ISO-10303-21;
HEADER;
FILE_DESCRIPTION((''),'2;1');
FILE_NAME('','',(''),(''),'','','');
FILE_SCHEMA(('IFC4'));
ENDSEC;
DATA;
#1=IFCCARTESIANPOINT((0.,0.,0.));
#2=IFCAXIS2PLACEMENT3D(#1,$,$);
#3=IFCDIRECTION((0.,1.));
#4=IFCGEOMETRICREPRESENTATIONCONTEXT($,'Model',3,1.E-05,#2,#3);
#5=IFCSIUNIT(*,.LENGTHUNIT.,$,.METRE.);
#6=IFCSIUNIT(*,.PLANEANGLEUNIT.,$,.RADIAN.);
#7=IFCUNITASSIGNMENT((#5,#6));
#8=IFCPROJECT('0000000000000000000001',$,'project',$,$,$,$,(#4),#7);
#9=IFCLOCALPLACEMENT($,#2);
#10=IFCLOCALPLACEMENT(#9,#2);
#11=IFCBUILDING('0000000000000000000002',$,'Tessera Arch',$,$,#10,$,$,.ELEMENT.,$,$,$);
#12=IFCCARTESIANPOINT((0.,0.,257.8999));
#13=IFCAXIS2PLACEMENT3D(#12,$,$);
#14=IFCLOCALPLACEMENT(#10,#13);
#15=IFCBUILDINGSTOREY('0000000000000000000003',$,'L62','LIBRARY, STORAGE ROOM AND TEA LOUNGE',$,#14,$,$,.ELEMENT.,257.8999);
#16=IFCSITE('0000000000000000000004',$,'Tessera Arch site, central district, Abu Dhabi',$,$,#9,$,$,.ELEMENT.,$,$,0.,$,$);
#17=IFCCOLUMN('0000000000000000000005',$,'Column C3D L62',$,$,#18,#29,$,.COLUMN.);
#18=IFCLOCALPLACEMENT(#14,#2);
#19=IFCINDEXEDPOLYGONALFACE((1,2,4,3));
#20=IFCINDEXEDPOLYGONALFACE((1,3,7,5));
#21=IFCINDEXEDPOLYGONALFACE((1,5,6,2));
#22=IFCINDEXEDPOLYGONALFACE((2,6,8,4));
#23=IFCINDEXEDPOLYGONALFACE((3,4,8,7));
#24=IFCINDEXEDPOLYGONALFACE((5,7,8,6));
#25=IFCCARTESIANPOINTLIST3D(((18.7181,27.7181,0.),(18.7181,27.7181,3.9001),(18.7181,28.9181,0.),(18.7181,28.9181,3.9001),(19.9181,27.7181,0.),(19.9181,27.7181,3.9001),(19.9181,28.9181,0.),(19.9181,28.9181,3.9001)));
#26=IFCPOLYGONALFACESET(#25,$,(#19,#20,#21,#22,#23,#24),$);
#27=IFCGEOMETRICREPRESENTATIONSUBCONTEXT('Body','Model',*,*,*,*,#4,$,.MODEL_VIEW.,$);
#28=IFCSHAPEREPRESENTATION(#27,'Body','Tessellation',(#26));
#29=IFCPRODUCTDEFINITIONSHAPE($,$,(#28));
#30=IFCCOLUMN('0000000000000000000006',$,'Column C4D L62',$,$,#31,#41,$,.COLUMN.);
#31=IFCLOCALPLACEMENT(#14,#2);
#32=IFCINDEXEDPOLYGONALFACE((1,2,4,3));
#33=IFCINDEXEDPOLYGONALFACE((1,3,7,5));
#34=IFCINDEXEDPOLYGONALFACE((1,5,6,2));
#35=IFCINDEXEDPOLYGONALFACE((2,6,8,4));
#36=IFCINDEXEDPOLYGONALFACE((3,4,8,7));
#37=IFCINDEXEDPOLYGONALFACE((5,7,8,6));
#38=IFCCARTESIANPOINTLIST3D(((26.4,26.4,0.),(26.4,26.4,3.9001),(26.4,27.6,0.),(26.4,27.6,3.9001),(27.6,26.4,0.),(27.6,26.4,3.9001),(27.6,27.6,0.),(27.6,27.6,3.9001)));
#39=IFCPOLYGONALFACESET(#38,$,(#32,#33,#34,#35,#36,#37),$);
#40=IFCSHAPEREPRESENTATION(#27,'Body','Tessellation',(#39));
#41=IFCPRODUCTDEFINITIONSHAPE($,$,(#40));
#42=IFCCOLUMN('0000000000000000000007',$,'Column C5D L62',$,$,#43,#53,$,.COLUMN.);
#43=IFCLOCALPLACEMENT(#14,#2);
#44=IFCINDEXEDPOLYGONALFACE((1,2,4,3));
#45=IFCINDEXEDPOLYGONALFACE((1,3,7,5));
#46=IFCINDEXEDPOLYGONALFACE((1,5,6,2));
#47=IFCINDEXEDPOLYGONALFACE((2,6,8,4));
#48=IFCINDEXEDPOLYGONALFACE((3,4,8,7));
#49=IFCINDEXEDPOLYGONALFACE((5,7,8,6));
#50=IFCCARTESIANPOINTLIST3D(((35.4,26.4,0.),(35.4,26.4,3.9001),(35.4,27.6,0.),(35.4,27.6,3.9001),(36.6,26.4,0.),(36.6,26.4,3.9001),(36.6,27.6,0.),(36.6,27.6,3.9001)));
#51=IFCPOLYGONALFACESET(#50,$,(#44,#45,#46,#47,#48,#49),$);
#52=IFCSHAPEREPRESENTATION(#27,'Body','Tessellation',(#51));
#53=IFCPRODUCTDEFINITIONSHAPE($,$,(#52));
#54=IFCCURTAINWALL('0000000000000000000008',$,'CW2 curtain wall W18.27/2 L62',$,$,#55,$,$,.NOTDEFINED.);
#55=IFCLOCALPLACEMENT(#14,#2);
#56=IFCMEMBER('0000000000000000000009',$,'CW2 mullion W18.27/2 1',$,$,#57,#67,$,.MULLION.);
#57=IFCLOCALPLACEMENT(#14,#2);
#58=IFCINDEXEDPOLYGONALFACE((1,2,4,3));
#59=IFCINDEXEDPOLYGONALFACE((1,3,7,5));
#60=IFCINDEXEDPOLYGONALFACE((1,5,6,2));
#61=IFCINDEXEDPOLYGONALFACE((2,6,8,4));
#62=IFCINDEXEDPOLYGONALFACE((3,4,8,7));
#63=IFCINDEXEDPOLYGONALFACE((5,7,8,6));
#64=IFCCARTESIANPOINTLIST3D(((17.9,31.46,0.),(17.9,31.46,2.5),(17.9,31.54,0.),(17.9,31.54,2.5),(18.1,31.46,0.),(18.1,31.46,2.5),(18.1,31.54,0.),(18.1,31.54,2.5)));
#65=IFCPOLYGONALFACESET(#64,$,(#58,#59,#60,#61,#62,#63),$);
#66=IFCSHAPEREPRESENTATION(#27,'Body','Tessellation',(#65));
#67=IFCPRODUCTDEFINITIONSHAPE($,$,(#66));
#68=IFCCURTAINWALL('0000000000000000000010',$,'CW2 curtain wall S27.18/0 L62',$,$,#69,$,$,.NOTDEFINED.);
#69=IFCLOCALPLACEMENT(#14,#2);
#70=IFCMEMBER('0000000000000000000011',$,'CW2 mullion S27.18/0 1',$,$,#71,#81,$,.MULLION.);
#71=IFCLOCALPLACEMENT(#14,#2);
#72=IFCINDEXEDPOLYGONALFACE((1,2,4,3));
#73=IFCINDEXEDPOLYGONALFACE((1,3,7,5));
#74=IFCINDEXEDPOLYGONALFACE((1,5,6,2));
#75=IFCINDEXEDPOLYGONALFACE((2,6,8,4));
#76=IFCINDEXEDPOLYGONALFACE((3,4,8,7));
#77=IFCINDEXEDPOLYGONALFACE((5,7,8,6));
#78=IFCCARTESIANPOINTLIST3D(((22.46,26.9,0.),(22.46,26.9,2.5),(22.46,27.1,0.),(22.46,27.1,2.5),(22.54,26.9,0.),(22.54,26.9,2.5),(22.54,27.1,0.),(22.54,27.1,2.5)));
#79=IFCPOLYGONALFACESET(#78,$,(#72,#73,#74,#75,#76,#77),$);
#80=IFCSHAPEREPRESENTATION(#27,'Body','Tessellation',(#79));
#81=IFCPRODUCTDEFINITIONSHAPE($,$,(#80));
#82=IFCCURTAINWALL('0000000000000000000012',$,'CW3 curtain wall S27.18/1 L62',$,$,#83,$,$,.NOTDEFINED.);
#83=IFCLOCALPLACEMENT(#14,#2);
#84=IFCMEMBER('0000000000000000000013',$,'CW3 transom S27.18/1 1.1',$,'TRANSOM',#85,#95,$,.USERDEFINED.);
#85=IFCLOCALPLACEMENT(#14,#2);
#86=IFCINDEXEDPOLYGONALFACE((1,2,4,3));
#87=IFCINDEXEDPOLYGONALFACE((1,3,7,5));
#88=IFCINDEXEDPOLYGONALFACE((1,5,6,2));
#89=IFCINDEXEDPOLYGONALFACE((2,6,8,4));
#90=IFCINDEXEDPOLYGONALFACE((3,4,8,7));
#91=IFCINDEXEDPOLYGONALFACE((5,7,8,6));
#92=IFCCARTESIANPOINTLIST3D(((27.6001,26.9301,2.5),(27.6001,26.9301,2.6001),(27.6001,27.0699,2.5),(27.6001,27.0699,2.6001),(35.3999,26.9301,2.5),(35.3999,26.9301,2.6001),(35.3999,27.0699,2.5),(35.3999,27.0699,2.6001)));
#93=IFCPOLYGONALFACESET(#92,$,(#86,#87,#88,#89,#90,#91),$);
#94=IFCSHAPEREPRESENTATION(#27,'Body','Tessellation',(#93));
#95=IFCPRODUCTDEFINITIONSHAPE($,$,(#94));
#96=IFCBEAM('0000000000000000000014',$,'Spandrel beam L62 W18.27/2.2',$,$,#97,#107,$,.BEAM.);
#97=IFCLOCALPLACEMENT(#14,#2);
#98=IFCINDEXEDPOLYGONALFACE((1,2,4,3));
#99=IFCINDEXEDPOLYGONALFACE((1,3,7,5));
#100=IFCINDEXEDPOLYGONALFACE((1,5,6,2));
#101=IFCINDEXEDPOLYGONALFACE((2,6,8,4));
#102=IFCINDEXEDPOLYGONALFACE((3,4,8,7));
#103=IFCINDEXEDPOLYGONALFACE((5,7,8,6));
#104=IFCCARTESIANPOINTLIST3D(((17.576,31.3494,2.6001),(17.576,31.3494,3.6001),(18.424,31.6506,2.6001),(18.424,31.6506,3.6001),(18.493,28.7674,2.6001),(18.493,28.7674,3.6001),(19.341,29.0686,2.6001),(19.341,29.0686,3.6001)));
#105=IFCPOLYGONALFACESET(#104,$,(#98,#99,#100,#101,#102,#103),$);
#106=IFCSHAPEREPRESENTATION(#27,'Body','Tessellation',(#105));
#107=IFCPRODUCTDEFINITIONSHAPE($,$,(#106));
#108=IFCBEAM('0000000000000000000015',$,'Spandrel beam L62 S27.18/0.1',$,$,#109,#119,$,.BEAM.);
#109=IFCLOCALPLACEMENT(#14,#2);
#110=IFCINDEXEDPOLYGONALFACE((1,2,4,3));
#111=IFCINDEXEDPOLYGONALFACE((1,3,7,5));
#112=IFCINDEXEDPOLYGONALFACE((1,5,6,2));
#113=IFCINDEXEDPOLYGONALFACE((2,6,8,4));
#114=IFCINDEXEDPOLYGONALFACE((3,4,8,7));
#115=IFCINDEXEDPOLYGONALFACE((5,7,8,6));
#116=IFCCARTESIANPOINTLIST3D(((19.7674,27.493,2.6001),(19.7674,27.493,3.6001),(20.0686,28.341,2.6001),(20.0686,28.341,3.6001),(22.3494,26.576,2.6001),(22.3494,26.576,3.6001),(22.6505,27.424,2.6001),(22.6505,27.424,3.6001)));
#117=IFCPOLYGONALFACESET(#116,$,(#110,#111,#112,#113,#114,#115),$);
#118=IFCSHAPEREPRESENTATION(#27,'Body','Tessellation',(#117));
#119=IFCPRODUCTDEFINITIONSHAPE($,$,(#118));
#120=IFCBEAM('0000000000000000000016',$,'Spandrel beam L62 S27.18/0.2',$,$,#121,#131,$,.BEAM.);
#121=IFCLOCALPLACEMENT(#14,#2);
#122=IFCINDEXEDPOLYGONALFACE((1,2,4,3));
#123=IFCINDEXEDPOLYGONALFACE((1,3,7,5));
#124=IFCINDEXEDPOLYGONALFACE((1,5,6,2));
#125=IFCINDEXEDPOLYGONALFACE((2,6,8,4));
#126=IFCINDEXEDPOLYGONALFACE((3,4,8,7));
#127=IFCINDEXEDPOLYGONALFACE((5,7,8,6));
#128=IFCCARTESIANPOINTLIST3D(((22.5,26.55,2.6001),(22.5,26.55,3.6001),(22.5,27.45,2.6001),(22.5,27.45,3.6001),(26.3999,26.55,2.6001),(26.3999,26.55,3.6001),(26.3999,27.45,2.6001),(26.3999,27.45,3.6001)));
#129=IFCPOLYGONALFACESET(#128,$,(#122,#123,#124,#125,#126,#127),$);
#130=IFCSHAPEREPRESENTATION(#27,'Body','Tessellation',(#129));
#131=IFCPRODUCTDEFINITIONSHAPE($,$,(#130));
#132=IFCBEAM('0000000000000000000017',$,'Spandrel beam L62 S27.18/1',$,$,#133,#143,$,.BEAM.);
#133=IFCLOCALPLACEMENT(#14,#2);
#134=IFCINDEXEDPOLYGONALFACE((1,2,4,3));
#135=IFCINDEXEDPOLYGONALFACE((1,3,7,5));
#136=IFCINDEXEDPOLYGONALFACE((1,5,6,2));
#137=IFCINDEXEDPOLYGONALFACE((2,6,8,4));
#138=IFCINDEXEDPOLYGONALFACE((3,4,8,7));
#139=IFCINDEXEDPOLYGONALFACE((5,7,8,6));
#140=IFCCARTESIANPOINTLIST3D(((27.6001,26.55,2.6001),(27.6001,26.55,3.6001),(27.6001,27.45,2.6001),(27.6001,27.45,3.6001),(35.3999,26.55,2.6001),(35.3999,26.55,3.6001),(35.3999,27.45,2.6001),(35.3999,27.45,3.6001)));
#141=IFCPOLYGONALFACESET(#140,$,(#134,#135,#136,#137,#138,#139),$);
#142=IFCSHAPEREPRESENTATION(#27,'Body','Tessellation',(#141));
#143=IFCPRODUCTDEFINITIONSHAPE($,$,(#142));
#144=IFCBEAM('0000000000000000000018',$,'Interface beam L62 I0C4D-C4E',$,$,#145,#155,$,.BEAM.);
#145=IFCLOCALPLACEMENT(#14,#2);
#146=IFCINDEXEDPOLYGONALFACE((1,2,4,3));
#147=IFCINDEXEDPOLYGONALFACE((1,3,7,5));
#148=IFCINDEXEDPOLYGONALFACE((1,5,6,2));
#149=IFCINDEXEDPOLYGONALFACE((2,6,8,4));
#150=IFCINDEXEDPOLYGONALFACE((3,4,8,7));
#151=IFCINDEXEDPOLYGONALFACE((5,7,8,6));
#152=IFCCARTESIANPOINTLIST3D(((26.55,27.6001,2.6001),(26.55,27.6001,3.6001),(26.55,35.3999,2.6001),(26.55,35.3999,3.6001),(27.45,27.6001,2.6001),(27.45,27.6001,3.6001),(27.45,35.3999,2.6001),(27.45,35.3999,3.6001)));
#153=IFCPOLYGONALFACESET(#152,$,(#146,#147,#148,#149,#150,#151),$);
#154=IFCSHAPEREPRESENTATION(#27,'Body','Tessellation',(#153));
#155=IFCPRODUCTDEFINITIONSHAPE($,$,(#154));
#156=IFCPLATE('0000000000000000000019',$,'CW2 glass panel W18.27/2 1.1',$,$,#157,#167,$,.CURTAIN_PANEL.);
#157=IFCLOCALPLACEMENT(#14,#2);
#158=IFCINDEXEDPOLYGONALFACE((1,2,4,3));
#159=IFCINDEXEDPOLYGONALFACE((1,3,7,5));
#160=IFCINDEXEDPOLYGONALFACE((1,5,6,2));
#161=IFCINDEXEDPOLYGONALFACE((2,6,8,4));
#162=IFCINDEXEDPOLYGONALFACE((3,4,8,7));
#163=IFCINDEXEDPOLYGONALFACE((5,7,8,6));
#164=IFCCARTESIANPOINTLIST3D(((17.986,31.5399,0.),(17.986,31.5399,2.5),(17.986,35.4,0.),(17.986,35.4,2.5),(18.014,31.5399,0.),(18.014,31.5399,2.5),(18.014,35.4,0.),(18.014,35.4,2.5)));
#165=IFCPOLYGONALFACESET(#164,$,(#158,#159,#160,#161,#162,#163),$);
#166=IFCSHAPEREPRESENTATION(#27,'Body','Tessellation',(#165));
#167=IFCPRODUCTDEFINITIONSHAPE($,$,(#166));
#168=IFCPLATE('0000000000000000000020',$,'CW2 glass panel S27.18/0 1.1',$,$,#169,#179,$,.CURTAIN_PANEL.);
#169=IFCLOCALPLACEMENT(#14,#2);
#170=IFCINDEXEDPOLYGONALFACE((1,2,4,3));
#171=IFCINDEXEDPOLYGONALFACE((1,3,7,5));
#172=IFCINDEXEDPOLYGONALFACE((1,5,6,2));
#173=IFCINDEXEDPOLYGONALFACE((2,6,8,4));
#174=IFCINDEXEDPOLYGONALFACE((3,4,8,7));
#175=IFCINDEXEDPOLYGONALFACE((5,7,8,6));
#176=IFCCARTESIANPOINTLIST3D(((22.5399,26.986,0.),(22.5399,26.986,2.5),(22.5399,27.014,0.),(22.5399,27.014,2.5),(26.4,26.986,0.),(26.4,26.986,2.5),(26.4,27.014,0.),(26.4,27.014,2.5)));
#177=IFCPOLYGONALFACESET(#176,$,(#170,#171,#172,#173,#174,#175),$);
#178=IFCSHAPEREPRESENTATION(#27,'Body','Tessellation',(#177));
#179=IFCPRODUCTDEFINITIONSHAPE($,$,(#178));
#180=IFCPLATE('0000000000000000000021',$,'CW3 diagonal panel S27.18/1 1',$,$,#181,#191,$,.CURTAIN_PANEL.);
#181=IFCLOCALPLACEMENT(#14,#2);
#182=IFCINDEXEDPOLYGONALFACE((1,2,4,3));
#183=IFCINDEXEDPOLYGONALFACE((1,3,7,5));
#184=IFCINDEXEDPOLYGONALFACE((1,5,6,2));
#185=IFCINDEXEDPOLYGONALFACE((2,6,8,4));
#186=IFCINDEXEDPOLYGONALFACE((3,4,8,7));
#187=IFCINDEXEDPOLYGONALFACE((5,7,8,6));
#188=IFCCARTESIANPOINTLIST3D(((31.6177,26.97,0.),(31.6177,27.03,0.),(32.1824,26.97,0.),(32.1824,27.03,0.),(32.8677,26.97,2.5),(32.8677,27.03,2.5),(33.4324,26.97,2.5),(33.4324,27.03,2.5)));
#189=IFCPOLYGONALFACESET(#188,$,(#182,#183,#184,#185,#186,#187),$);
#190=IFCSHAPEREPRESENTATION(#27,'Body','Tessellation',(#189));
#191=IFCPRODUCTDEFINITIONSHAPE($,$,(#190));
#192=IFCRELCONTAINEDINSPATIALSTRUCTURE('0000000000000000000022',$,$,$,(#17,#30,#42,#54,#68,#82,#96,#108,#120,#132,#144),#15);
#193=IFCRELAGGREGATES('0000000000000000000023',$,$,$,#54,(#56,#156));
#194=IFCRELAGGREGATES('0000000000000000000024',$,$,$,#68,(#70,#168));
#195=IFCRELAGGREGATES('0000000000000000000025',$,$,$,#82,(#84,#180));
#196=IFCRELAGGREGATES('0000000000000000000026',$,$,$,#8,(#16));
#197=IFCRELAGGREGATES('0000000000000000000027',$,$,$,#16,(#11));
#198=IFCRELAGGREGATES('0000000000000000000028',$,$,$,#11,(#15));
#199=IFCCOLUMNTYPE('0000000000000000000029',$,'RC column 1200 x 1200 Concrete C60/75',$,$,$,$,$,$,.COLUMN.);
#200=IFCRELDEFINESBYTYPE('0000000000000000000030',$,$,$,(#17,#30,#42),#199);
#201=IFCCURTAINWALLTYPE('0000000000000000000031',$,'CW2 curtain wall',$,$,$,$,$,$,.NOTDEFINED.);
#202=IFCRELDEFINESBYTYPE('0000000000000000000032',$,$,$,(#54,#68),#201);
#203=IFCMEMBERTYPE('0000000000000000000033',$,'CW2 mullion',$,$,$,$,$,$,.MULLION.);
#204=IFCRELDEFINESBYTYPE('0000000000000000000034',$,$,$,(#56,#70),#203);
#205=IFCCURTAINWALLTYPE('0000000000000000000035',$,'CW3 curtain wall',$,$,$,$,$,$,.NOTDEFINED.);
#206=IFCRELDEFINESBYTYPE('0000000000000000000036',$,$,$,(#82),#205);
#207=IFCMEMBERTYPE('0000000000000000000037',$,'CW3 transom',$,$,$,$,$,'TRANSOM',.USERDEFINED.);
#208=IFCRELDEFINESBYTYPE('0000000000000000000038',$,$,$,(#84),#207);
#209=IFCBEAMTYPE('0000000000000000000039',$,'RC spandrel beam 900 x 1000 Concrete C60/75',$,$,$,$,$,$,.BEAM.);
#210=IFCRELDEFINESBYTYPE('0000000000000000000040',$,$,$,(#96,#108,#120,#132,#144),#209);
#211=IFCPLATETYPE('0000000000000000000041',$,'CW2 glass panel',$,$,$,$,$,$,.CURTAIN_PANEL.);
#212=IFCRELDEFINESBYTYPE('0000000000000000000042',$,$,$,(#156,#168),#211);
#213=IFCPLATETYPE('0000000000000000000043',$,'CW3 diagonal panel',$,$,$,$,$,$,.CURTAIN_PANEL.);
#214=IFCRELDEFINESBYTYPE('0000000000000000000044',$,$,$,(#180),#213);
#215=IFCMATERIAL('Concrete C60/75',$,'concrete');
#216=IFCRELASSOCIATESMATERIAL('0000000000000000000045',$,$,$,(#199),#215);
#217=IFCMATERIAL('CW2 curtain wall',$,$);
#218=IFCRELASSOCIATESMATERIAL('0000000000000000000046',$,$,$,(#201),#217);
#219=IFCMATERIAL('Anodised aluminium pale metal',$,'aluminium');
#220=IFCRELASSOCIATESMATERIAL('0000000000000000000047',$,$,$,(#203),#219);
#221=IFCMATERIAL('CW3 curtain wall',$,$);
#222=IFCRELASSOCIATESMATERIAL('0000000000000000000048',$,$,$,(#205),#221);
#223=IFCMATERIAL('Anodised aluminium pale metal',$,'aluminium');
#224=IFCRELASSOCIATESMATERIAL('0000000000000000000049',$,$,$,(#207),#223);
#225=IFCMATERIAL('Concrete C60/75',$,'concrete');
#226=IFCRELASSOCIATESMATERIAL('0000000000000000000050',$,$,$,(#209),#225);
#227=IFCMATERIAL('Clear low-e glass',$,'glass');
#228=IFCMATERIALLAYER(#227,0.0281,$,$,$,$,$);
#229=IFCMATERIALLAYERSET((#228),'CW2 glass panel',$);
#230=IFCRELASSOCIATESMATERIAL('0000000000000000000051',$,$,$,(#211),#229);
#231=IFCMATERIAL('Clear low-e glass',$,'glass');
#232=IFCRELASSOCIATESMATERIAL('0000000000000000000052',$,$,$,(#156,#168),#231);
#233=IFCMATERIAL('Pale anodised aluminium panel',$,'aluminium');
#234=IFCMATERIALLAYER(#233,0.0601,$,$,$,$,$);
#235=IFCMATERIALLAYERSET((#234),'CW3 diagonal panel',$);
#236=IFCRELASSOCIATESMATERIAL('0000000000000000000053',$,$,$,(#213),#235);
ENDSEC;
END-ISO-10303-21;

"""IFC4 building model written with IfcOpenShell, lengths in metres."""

from ifc_helpers import new_model, si_unit, direction, frame, origin, origin_2d, place, context, subcontext, project, spatial, polyline, rectangle, outline, extrude, material, layer, layer_set, material_profile, profile_set, type_object, element, aggregate, save


model = new_model("IFC4")

# Units and contexts
model_context = context("Model", 3, precision=1e-05, world=origin(), true_north=direction((0.0, 1.0)))
body_context = subcontext(model_context, "Body", "Model", "MODEL_VIEW")
ifc_project = project(units=[si_unit("LENGTHUNIT", "METRE"), si_unit("PLANEANGLEUNIT", "RADIAN")], contexts=[model_context])

# Site, building, storey
site_placement = place(None, origin())
site = spatial("IfcSite", under=ifc_project, at=site_placement, Name="Tessera Arch site, central district, Abu Dhabi", CompositionType="ELEMENT", RefElevation=0.0)
building_placement = place(site_placement, origin())
building = spatial("IfcBuilding", under=site, at=building_placement, Name="Tessera Arch", CompositionType="ELEMENT")
storey_placement = place(building_placement, frame((0.0, 0.0, 257.8999)))
storey = spatial("IfcBuildingStorey", under=building, at=storey_placement, Name="L62", Description="LIBRARY, STORAGE ROOM AND TEA LOUNGE", CompositionType="ELEMENT", Elevation=257.8999)

# Columns
ifc_material_1 = material(Name="Concrete C60/75", Category="concrete")
ifc_material_profile_1 = material_profile(ifc_material_1, rectangle(XDim=1.2, YDim=1.2, at=origin_2d()), Name="RC column 1200 x 1200 Concrete C60/75")
ifc_profile_set_1 = profile_set([ifc_material_profile_1], Name="Concrete C60/75")
column_type = type_object("IfcColumnType", Name="RC column 1200 x 1200 Concrete C60/75", PredefinedType="COLUMN", material=ifc_profile_set_1)
for number, where, z_axis, x_axis, name in (
    (1, (19.3181, 28.3181, 0.0), (0.0, 0.0, 1.0), (1.0, 0.0, 0.0), "Column C3D L62"),
    (2, (27.0, 27.0, 0.0), (0.0, 0.0, 1.0), (1.0, 0.0, 0.0), "Column C4D L62"),
    (3, (36.0, 27.0, 0.0), (0.0, 0.0, 1.0), (1.0, 0.0, 0.0), "Column C5D L62"),
):
    element("IfcColumn", number, at=place(storey_placement, frame(where, z_axis=z_axis, x_axis=x_axis)), inside=storey, type_object=column_type, Name=name, PredefinedType="COLUMN", context=body_context, shape_type="SweptSolid", body=[
        extrude(rectangle(XDim=1.2, YDim=1.2, at=origin_2d()), origin(), (0.0, 0.0, 1.0), 3.9001),
    ])

# Curtain walls, members
ifc_material_2 = material(Name="CW2 curtain wall")
curtain_wall_type_1 = type_object("IfcCurtainWallType", Name="CW2 curtain wall", PredefinedType="NOTDEFINED", material=ifc_material_2)
curtain_wall_1_placement = place(storey_placement, origin())
curtain_wall_1 = element("IfcCurtainWall", 4, at=curtain_wall_1_placement, inside=storey, type_object=curtain_wall_type_1, Name="CW2 curtain wall W18.27/2 L62", PredefinedType="NOTDEFINED")
ifc_material_3 = material(Name="Anodised aluminium pale metal", Category="aluminium")
ifc_material_profile_2 = material_profile(ifc_material_3, rectangle(XDim=0.2, YDim=0.0801, at=origin_2d()), Name="AL 80x200")
ifc_profile_set_2 = profile_set([ifc_material_profile_2], Name="Anodised aluminium pale metal")
member_type_1 = type_object("IfcMemberType", Name="CW2 mullion", PredefinedType="MULLION", material=ifc_profile_set_2)
member_1_placement = place(storey_placement, frame((18.0, 31.5, 0.0), z_axis=(0.0, 0.0, 1.0), x_axis=(1.0, 0.0, 0.0)))
member_1 = element("IfcMember", 5, at=member_1_placement, type_object=member_type_1, Name="CW2 mullion W18.27/2 1", PredefinedType="MULLION", context=body_context, shape_type="SweptSolid", body=[
    extrude(rectangle(XDim=0.2, YDim=0.0801, at=origin_2d()), origin(), (0.0, 0.0, 1.0), 2.5),
])
curtain_wall_2_placement = place(storey_placement, origin())
curtain_wall_2 = element("IfcCurtainWall", 6, at=curtain_wall_2_placement, inside=storey, type_object=curtain_wall_type_1, Name="CW2 curtain wall S27.18/0 L62", PredefinedType="NOTDEFINED")
member_2_placement = place(storey_placement, frame((22.5, 27.0, 0.0), z_axis=(0.0, 0.0, 1.0), x_axis=(0.0, 1.0, 0.0)))
member_2 = element("IfcMember", 7, at=member_2_placement, type_object=member_type_1, Name="CW2 mullion S27.18/0 1", PredefinedType="MULLION", context=body_context, shape_type="SweptSolid", body=[
    extrude(rectangle(XDim=0.2, YDim=0.0801, at=origin_2d()), origin(), (0.0, 0.0, 1.0), 2.5),
])
ifc_material_4 = material(Name="CW3 curtain wall")
curtain_wall_type_2 = type_object("IfcCurtainWallType", Name="CW3 curtain wall", PredefinedType="NOTDEFINED", material=ifc_material_4)
curtain_wall_3_placement = place(storey_placement, origin())
curtain_wall_3 = element("IfcCurtainWall", 8, at=curtain_wall_3_placement, inside=storey, type_object=curtain_wall_type_2, Name="CW3 curtain wall S27.18/1 L62", PredefinedType="NOTDEFINED")
ifc_material_5 = material(Name="Anodised aluminium pale metal", Category="aluminium")
ifc_material_profile_3 = material_profile(ifc_material_5, rectangle(XDim=0.1399, YDim=0.1001, at=origin_2d()), Name="AL 140x100")
ifc_profile_set_3 = profile_set([ifc_material_profile_3], Name="Anodised aluminium pale metal")
member_type_2 = type_object("IfcMemberType", Name="CW3 transom", ElementType="TRANSOM", PredefinedType="USERDEFINED", material=ifc_profile_set_3)
member_3_placement = place(storey_placement, frame((27.6001, 27.0, 2.55), z_axis=(1.0, 0.0, 0.0), x_axis=(0.0, 1.0, 0.0)))
member_3 = element("IfcMember", 9, at=member_3_placement, type_object=member_type_2, Name="CW3 transom S27.18/1 1.1", ObjectType="TRANSOM", PredefinedType="USERDEFINED", context=body_context, shape_type="SweptSolid", body=[
    extrude(rectangle(XDim=0.1399, YDim=0.1001, at=origin_2d()), origin(), (0.0, 0.0, 1.0), 7.7998),
])

# Beams
ifc_material_6 = material(Name="Concrete C60/75", Category="concrete")
ifc_material_profile_4 = material_profile(ifc_material_6, rectangle(XDim=0.8999, YDim=1.0, at=origin_2d()), Name="RC spandrel beam 900 x 1000 Concrete C60/75")
ifc_profile_set_4 = profile_set([ifc_material_profile_4], Name="Concrete C60/75")
beam_type = type_object("IfcBeamType", Name="RC spandrel beam 900 x 1000 Concrete C60/75", PredefinedType="BEAM", material=ifc_profile_set_4)
for number, where, z_axis, x_axis, name in (
    (10, (18.0, 31.5, 3.1001), (0.334665, -0.942337, 0.0), (0.942337, 0.334665, 0.0), "Spandrel beam L62 W18.27/2.2"),
    (11, (19.918, 27.917, 3.1001), (0.942337, -0.334665, 0.0), (0.334665, 0.942337, 0.0), "Spandrel beam L62 S27.18/0.1"),
):
    element("IfcBeam", number, at=place(storey_placement, frame(where, z_axis=z_axis, x_axis=x_axis)), inside=storey, type_object=beam_type, Name=name, PredefinedType="BEAM", context=body_context, shape_type="SweptSolid", body=[
        extrude(rectangle(XDim=0.8999, YDim=1.0, at=origin_2d()), origin(), (0.0, 0.0, 1.0), 2.74),
    ])
beam_placement = place(storey_placement, frame((22.5, 27.0, 3.1001), z_axis=(1.0, 0.0, 0.0), x_axis=(0.0, 1.0, 0.0)))
element("IfcBeam", 12, at=beam_placement, inside=storey, type_object=beam_type, Name="Spandrel beam L62 S27.18/0.2", PredefinedType="BEAM", context=body_context, shape_type="SweptSolid", body=[
    extrude(rectangle(XDim=0.8999, YDim=1.0, at=origin_2d()), origin(), (0.0, 0.0, 1.0), 3.8999),
])
for number, where, z_axis, x_axis, name in (
    (13, (27.6001, 27.0, 3.1001), (1.0, 0.0, 0.0), (0.0, 1.0, 0.0), "Spandrel beam L62 S27.18/1"),
    (14, (27.0, 27.6001, 3.1001), (0.0, 1.0, 0.0), (-1.0, 0.0, 0.0), "Interface beam L62 I0C4D-C4E"),
):
    element("IfcBeam", number, at=place(storey_placement, frame(where, z_axis=z_axis, x_axis=x_axis)), inside=storey, type_object=beam_type, Name=name, PredefinedType="BEAM", context=body_context, shape_type="SweptSolid", body=[
        extrude(rectangle(XDim=0.8999, YDim=1.0, at=origin_2d()), origin(), (0.0, 0.0, 1.0), 7.7998),
    ])

# Plates
ifc_material_7 = material(Name="Clear low-e glass", Category="glass")
ifc_material_8 = material(Name="Clear low-e glass", Category="glass")
ifc_layer_1 = layer(ifc_material_8, 0.0281)
ifc_layer_set_1 = layer_set([ifc_layer_1], Name="CW2 glass panel")
plate_type_1 = type_object("IfcPlateType", Name="CW2 glass panel", PredefinedType="CURTAIN_PANEL", material=ifc_layer_set_1)
plate_1_placement = place(storey_placement, frame((18.0, 33.47, 0.0), z_axis=(0.0, 0.0, 1.0), x_axis=(0.0, -1.0, 0.0)))
plate_1 = element("IfcPlate", 15, at=plate_1_placement, type_object=plate_type_1, material=ifc_material_7, Name="CW2 glass panel W18.27/2 1.1", PredefinedType="CURTAIN_PANEL", context=body_context, shape_type="SweptSolid", body=[
    extrude(rectangle(XDim=3.8601, YDim=0.0281, at=origin_2d()), origin(), (0.0, 0.0, 1.0), 2.5),
])
aggregate(curtain_wall_1, [member_1, plate_1])
plate_2_placement = place(storey_placement, frame((24.47, 27.0, 0.0), z_axis=(0.0, 0.0, 1.0), x_axis=(1.0, 0.0, 0.0)))
plate_2 = element("IfcPlate", 16, at=plate_2_placement, type_object=plate_type_1, material=ifc_material_7, Name="CW2 glass panel S27.18/0 1.1", PredefinedType="CURTAIN_PANEL", context=body_context, shape_type="SweptSolid", body=[
    extrude(rectangle(XDim=3.8601, YDim=0.0281, at=origin_2d()), origin(), (0.0, 0.0, 1.0), 2.5),
])
aggregate(curtain_wall_2, [member_2, plate_2])
ifc_material_9 = material(Name="Pale anodised aluminium panel", Category="aluminium")
ifc_layer_2 = layer(ifc_material_9, 0.0601)
ifc_layer_set_2 = layer_set([ifc_layer_2], Name="CW3 diagonal panel")
plate_type_2 = type_object("IfcPlateType", Name="CW3 diagonal panel", PredefinedType="CURTAIN_PANEL", material=ifc_layer_set_2)
plate_3_placement = place(storey_placement, frame((33.4324, 26.97, 2.5), z_axis=(0.0, -1.0, 0.0), x_axis=(-1.0, 0.0, 0.0)))
plate_3 = element("IfcPlate", 17, at=plate_3_placement, type_object=plate_type_2, Name="CW3 diagonal panel S27.18/1 1", PredefinedType="CURTAIN_PANEL", context=body_context, shape_type="SweptSolid", body=[
    extrude(outline(polyline([(0.0, 0.0), (0.5647, 0.0), (1.8147, 2.5), (1.25, 2.5), (0.0, 0.0)])), origin(), (0.0, 0.0, -1.0), 0.0601),
])
aggregate(curtain_wall_3, [member_3, plate_3])

save(model, "model.ifc")
